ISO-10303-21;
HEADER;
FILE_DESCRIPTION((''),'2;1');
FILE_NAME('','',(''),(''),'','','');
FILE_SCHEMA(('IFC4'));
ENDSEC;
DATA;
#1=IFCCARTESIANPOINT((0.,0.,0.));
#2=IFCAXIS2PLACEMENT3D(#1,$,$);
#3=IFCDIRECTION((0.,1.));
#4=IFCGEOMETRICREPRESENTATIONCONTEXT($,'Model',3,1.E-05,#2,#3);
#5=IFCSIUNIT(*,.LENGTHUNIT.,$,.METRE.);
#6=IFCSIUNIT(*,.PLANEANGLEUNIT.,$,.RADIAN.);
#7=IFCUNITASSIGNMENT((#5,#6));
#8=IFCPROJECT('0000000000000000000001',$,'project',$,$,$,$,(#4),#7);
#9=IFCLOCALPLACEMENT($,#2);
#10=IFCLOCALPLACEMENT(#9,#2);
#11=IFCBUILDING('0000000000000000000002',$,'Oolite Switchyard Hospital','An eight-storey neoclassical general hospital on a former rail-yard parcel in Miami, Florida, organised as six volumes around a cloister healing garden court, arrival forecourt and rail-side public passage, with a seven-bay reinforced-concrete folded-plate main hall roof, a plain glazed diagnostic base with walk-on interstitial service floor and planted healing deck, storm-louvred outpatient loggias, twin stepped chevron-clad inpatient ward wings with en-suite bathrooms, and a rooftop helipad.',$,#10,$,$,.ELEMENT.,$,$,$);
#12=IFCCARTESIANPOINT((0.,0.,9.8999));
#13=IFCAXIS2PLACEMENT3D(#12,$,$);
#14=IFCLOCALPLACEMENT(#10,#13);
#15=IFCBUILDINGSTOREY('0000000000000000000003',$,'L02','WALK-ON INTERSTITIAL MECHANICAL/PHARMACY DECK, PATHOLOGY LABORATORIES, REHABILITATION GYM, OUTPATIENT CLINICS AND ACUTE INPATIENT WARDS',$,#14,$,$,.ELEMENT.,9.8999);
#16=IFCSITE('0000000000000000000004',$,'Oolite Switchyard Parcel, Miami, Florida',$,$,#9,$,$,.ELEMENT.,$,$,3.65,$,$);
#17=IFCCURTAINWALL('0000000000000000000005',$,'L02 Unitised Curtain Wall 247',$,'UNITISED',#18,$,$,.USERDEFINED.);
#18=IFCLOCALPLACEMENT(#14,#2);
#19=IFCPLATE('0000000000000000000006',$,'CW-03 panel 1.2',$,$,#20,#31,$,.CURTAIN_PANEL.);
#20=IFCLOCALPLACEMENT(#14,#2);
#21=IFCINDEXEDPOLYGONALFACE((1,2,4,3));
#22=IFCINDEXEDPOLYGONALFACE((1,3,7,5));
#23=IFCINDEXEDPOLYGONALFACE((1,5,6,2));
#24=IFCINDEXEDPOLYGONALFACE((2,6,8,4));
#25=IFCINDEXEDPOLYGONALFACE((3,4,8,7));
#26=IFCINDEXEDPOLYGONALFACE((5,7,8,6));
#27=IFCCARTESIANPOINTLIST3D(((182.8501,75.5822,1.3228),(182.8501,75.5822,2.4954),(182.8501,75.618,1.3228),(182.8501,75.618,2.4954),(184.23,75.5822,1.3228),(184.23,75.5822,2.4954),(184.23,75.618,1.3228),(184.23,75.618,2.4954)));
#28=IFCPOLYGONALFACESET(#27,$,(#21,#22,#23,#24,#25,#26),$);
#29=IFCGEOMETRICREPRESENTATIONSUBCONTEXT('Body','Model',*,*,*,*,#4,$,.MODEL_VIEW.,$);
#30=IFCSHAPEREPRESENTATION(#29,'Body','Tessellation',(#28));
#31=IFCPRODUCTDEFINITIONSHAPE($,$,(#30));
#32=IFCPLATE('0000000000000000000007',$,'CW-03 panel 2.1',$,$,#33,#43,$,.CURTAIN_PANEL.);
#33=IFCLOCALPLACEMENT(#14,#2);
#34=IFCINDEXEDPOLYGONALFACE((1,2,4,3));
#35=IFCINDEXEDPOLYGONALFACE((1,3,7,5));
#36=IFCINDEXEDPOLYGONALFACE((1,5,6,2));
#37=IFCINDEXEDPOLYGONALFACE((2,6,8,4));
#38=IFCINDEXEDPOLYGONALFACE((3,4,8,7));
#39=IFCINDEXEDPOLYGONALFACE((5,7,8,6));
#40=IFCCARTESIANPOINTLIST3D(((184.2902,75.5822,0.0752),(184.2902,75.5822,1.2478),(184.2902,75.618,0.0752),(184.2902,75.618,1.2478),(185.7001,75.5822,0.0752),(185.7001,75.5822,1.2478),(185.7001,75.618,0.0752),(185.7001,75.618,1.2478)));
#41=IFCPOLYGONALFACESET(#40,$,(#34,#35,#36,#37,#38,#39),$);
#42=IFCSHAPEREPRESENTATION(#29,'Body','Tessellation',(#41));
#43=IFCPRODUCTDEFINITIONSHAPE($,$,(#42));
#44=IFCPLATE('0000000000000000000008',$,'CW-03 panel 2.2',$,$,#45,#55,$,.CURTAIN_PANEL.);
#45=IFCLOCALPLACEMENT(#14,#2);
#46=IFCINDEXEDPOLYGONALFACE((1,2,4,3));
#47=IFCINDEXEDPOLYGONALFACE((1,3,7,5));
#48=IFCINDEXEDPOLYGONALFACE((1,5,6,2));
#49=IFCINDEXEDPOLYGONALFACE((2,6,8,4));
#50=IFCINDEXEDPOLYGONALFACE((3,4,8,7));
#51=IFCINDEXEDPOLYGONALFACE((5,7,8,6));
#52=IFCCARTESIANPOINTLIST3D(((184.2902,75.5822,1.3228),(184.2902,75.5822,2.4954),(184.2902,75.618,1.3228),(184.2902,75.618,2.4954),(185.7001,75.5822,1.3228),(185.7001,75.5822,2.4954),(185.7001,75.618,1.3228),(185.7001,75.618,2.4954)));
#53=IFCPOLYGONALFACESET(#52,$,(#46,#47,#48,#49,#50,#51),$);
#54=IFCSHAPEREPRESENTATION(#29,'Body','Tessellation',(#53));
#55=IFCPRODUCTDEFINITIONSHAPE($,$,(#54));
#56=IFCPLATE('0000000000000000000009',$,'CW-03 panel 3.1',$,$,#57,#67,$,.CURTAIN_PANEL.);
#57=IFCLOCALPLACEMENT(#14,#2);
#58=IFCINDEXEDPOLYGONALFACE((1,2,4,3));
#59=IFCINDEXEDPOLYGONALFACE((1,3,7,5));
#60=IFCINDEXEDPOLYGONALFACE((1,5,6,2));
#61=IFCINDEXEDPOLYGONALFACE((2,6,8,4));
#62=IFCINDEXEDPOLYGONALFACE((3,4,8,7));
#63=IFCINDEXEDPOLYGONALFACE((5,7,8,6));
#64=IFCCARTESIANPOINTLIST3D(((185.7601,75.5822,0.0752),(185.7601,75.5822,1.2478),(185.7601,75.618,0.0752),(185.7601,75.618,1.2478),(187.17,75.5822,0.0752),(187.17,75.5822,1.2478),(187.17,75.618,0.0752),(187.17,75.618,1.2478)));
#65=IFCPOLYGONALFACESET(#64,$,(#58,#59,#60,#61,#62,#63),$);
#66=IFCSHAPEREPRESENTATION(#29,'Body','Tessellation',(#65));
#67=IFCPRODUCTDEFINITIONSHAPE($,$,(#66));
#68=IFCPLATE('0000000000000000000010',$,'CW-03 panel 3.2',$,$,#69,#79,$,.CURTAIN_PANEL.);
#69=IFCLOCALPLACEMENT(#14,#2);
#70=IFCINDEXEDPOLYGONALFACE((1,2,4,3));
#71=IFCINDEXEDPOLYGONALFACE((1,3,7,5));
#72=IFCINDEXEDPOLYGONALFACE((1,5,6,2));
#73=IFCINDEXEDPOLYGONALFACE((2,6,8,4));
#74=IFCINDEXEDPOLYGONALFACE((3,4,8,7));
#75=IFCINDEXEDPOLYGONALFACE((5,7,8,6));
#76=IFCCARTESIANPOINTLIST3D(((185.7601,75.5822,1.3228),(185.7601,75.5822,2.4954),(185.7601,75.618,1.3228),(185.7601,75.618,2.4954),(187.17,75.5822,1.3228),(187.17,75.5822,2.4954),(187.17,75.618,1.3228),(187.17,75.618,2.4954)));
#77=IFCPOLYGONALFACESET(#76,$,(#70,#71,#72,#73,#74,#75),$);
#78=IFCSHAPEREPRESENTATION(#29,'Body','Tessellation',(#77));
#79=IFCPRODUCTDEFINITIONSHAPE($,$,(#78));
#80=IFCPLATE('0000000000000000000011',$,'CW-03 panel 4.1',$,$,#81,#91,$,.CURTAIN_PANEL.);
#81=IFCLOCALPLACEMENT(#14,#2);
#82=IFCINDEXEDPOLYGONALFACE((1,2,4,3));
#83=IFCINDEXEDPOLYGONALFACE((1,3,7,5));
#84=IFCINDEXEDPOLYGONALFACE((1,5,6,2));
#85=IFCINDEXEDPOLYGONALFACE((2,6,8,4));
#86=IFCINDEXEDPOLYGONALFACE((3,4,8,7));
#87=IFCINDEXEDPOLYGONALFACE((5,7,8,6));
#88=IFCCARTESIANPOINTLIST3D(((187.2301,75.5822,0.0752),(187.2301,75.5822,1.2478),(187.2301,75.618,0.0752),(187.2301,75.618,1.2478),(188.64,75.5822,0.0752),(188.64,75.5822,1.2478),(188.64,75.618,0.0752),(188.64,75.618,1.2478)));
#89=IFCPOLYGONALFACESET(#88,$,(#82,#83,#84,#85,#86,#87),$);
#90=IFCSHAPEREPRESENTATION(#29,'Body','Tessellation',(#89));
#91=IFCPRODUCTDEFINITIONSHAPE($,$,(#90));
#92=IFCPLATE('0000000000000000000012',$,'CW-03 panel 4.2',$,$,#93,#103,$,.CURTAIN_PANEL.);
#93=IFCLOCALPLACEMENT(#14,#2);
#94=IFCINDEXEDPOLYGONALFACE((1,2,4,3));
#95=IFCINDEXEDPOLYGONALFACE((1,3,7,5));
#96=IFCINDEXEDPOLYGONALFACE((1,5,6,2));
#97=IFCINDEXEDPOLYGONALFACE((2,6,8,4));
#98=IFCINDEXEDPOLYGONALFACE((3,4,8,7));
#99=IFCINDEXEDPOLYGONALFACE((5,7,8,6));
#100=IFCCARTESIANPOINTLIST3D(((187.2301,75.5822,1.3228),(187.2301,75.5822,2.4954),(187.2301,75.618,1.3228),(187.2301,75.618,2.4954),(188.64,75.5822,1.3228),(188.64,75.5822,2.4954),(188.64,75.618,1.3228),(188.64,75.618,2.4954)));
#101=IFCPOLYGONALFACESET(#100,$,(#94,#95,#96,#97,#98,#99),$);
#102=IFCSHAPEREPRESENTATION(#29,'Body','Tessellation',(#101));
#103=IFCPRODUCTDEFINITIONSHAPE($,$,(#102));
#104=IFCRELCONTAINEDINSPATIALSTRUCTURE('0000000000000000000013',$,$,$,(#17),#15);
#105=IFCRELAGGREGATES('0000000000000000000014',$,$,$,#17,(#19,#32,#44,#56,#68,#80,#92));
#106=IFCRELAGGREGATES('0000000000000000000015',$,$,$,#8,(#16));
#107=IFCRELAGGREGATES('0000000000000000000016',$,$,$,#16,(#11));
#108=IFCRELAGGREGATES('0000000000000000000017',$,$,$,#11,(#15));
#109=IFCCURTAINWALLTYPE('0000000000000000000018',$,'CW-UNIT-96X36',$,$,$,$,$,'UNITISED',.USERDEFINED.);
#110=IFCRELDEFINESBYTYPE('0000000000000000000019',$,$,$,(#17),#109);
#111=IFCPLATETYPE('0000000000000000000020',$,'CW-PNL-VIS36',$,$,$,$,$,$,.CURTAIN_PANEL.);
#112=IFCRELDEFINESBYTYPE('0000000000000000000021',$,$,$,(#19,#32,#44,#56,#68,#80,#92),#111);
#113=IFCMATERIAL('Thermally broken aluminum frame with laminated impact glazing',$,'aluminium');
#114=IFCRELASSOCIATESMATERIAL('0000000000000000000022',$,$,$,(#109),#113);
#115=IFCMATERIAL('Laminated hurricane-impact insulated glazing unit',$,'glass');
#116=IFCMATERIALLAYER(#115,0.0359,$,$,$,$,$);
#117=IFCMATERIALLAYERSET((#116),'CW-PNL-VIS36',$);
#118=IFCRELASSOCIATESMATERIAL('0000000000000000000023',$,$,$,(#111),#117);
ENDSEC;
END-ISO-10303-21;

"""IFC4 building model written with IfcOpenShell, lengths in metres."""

from ifc_helpers import new_model, si_unit, direction, frame, origin, origin_2d, place, context, subcontext, project, spatial, rectangle, extrude, material, layer, layer_set, type_object, element, aggregate, save


model = new_model("IFC4")

# Units and contexts
model_context = context("Model", 3, precision=1e-05, world=origin(), true_north=direction((0.0, 1.0)))
body_context = subcontext(model_context, "Body", "Model", "MODEL_VIEW")
ifc_project = project(units=[si_unit("LENGTHUNIT", "METRE"), si_unit("PLANEANGLEUNIT", "RADIAN")], contexts=[model_context])

# Site, building, storey
site_placement = place(None, origin())
site = spatial("IfcSite", under=ifc_project, at=site_placement, Name="Oolite Switchyard Parcel, Miami, Florida", CompositionType="ELEMENT", RefElevation=3.65)
building_placement = place(site_placement, origin())
building = spatial("IfcBuilding", under=site, at=building_placement, Name="Oolite Switchyard Hospital", Description="An eight-storey neoclassical general hospital on a former rail-yard parcel in Miami, Florida, organised as six volumes around a cloister healing garden court, arrival forecourt and rail-side public passage, with a seven-bay reinforced-concrete folded-plate main hall roof, a plain glazed diagnostic base with walk-on interstitial service floor and planted healing deck, storm-louvred outpatient loggias, twin stepped chevron-clad inpatient ward wings with en-suite bathrooms, and a rooftop helipad.", CompositionType="ELEMENT")
storey_placement = place(building_placement, frame((0.0, 0.0, 9.8999)))
storey = spatial("IfcBuildingStorey", under=building, at=storey_placement, Name="L02", Description="WALK-ON INTERSTITIAL MECHANICAL/PHARMACY DECK, PATHOLOGY LABORATORIES, REHABILITATION GYM, OUTPATIENT CLINICS AND ACUTE INPATIENT WARDS", CompositionType="ELEMENT", Elevation=9.8999)

# Curtain wall, plates
ifc_material_1 = material(Name="Thermally broken aluminum frame with laminated impact glazing", Category="aluminium")
curtain_wall_type = type_object("IfcCurtainWallType", Name="CW-UNIT-96X36", ElementType="UNITISED", PredefinedType="USERDEFINED", material=ifc_material_1)
curtain_wall_placement = place(storey_placement, origin())
curtain_wall = element("IfcCurtainWall", 1, at=curtain_wall_placement, inside=storey, type_object=curtain_wall_type, Name="L02 Unitised Curtain Wall 247", ObjectType="UNITISED", PredefinedType="USERDEFINED")
ifc_material_2 = material(Name="Laminated hurricane-impact insulated glazing unit", Category="glass")
ifc_layer = layer(ifc_material_2, 0.0359)
ifc_layer_set = layer_set([ifc_layer], Name="CW-PNL-VIS36")
plate_type = type_object("IfcPlateType", Name="CW-PNL-VIS36", PredefinedType="CURTAIN_PANEL", material=ifc_layer_set)
plate_1_placement = place(storey_placement, frame((183.54, 75.6001, 1.3228), z_axis=(0.0, 0.0, 1.0), x_axis=(1.0, 0.0, 0.0)))
plate_1 = element("IfcPlate", 2, at=plate_1_placement, type_object=plate_type, Name="CW-03 panel 1.2", PredefinedType="CURTAIN_PANEL", context=body_context, shape_type="SweptSolid", body=[
    extrude(rectangle(XDim=1.3799, YDim=0.0359, at=origin_2d()), origin(), (0.0, 0.0, 1.0), 1.1726),
])
plate_2_placement = place(storey_placement, frame((184.9951, 75.6001, 0.0752), z_axis=(0.0, 0.0, 1.0), x_axis=(1.0, 0.0, 0.0)))
plate_2 = element("IfcPlate", 3, at=plate_2_placement, type_object=plate_type, Name="CW-03 panel 2.1", PredefinedType="CURTAIN_PANEL", context=body_context, shape_type="SweptSolid", body=[
    extrude(rectangle(XDim=1.4099, YDim=0.0359, at=origin_2d()), origin(), (0.0, 0.0, 1.0), 1.1726),
])
plate_3_placement = place(storey_placement, frame((184.9951, 75.6001, 1.3228), z_axis=(0.0, 0.0, 1.0), x_axis=(1.0, 0.0, 0.0)))
plate_3 = element("IfcPlate", 4, at=plate_3_placement, type_object=plate_type, Name="CW-03 panel 2.2", PredefinedType="CURTAIN_PANEL", context=body_context, shape_type="SweptSolid", body=[
    extrude(rectangle(XDim=1.4099, YDim=0.0359, at=origin_2d()), origin(), (0.0, 0.0, 1.0), 1.1726),
])
plate_4_placement = place(storey_placement, frame((186.4651, 75.6001, 0.0752), z_axis=(0.0, 0.0, 1.0), x_axis=(1.0, 0.0, 0.0)))
plate_4 = element("IfcPlate", 5, at=plate_4_placement, type_object=plate_type, Name="CW-03 panel 3.1", PredefinedType="CURTAIN_PANEL", context=body_context, shape_type="SweptSolid", body=[
    extrude(rectangle(XDim=1.4099, YDim=0.0359, at=origin_2d()), origin(), (0.0, 0.0, 1.0), 1.1726),
])
plate_5_placement = place(storey_placement, frame((186.4651, 75.6001, 1.3228), z_axis=(0.0, 0.0, 1.0), x_axis=(1.0, 0.0, 0.0)))
plate_5 = element("IfcPlate", 6, at=plate_5_placement, type_object=plate_type, Name="CW-03 panel 3.2", PredefinedType="CURTAIN_PANEL", context=body_context, shape_type="SweptSolid", body=[
    extrude(rectangle(XDim=1.4099, YDim=0.0359, at=origin_2d()), origin(), (0.0, 0.0, 1.0), 1.1726),
])
plate_6_placement = place(storey_placement, frame((187.9351, 75.6001, 0.0752), z_axis=(0.0, 0.0, 1.0), x_axis=(1.0, 0.0, 0.0)))
plate_6 = element("IfcPlate", 7, at=plate_6_placement, type_object=plate_type, Name="CW-03 panel 4.1", PredefinedType="CURTAIN_PANEL", context=body_context, shape_type="SweptSolid", body=[
    extrude(rectangle(XDim=1.4099, YDim=0.0359, at=origin_2d()), origin(), (0.0, 0.0, 1.0), 1.1726),
])
plate_7_placement = place(storey_placement, frame((187.9351, 75.6001, 1.3228), z_axis=(0.0, 0.0, 1.0), x_axis=(1.0, 0.0, 0.0)))
plate_7 = element("IfcPlate", 8, at=plate_7_placement, type_object=plate_type, Name="CW-03 panel 4.2", PredefinedType="CURTAIN_PANEL", context=body_context, shape_type="SweptSolid", body=[
    extrude(rectangle(XDim=1.4099, YDim=0.0359, at=origin_2d()), origin(), (0.0, 0.0, 1.0), 1.1726),
])
aggregate(curtain_wall, [plate_1, plate_2, plate_3, plate_4, plate_5, plate_6, plate_7])

save(model, "model.ifc")
